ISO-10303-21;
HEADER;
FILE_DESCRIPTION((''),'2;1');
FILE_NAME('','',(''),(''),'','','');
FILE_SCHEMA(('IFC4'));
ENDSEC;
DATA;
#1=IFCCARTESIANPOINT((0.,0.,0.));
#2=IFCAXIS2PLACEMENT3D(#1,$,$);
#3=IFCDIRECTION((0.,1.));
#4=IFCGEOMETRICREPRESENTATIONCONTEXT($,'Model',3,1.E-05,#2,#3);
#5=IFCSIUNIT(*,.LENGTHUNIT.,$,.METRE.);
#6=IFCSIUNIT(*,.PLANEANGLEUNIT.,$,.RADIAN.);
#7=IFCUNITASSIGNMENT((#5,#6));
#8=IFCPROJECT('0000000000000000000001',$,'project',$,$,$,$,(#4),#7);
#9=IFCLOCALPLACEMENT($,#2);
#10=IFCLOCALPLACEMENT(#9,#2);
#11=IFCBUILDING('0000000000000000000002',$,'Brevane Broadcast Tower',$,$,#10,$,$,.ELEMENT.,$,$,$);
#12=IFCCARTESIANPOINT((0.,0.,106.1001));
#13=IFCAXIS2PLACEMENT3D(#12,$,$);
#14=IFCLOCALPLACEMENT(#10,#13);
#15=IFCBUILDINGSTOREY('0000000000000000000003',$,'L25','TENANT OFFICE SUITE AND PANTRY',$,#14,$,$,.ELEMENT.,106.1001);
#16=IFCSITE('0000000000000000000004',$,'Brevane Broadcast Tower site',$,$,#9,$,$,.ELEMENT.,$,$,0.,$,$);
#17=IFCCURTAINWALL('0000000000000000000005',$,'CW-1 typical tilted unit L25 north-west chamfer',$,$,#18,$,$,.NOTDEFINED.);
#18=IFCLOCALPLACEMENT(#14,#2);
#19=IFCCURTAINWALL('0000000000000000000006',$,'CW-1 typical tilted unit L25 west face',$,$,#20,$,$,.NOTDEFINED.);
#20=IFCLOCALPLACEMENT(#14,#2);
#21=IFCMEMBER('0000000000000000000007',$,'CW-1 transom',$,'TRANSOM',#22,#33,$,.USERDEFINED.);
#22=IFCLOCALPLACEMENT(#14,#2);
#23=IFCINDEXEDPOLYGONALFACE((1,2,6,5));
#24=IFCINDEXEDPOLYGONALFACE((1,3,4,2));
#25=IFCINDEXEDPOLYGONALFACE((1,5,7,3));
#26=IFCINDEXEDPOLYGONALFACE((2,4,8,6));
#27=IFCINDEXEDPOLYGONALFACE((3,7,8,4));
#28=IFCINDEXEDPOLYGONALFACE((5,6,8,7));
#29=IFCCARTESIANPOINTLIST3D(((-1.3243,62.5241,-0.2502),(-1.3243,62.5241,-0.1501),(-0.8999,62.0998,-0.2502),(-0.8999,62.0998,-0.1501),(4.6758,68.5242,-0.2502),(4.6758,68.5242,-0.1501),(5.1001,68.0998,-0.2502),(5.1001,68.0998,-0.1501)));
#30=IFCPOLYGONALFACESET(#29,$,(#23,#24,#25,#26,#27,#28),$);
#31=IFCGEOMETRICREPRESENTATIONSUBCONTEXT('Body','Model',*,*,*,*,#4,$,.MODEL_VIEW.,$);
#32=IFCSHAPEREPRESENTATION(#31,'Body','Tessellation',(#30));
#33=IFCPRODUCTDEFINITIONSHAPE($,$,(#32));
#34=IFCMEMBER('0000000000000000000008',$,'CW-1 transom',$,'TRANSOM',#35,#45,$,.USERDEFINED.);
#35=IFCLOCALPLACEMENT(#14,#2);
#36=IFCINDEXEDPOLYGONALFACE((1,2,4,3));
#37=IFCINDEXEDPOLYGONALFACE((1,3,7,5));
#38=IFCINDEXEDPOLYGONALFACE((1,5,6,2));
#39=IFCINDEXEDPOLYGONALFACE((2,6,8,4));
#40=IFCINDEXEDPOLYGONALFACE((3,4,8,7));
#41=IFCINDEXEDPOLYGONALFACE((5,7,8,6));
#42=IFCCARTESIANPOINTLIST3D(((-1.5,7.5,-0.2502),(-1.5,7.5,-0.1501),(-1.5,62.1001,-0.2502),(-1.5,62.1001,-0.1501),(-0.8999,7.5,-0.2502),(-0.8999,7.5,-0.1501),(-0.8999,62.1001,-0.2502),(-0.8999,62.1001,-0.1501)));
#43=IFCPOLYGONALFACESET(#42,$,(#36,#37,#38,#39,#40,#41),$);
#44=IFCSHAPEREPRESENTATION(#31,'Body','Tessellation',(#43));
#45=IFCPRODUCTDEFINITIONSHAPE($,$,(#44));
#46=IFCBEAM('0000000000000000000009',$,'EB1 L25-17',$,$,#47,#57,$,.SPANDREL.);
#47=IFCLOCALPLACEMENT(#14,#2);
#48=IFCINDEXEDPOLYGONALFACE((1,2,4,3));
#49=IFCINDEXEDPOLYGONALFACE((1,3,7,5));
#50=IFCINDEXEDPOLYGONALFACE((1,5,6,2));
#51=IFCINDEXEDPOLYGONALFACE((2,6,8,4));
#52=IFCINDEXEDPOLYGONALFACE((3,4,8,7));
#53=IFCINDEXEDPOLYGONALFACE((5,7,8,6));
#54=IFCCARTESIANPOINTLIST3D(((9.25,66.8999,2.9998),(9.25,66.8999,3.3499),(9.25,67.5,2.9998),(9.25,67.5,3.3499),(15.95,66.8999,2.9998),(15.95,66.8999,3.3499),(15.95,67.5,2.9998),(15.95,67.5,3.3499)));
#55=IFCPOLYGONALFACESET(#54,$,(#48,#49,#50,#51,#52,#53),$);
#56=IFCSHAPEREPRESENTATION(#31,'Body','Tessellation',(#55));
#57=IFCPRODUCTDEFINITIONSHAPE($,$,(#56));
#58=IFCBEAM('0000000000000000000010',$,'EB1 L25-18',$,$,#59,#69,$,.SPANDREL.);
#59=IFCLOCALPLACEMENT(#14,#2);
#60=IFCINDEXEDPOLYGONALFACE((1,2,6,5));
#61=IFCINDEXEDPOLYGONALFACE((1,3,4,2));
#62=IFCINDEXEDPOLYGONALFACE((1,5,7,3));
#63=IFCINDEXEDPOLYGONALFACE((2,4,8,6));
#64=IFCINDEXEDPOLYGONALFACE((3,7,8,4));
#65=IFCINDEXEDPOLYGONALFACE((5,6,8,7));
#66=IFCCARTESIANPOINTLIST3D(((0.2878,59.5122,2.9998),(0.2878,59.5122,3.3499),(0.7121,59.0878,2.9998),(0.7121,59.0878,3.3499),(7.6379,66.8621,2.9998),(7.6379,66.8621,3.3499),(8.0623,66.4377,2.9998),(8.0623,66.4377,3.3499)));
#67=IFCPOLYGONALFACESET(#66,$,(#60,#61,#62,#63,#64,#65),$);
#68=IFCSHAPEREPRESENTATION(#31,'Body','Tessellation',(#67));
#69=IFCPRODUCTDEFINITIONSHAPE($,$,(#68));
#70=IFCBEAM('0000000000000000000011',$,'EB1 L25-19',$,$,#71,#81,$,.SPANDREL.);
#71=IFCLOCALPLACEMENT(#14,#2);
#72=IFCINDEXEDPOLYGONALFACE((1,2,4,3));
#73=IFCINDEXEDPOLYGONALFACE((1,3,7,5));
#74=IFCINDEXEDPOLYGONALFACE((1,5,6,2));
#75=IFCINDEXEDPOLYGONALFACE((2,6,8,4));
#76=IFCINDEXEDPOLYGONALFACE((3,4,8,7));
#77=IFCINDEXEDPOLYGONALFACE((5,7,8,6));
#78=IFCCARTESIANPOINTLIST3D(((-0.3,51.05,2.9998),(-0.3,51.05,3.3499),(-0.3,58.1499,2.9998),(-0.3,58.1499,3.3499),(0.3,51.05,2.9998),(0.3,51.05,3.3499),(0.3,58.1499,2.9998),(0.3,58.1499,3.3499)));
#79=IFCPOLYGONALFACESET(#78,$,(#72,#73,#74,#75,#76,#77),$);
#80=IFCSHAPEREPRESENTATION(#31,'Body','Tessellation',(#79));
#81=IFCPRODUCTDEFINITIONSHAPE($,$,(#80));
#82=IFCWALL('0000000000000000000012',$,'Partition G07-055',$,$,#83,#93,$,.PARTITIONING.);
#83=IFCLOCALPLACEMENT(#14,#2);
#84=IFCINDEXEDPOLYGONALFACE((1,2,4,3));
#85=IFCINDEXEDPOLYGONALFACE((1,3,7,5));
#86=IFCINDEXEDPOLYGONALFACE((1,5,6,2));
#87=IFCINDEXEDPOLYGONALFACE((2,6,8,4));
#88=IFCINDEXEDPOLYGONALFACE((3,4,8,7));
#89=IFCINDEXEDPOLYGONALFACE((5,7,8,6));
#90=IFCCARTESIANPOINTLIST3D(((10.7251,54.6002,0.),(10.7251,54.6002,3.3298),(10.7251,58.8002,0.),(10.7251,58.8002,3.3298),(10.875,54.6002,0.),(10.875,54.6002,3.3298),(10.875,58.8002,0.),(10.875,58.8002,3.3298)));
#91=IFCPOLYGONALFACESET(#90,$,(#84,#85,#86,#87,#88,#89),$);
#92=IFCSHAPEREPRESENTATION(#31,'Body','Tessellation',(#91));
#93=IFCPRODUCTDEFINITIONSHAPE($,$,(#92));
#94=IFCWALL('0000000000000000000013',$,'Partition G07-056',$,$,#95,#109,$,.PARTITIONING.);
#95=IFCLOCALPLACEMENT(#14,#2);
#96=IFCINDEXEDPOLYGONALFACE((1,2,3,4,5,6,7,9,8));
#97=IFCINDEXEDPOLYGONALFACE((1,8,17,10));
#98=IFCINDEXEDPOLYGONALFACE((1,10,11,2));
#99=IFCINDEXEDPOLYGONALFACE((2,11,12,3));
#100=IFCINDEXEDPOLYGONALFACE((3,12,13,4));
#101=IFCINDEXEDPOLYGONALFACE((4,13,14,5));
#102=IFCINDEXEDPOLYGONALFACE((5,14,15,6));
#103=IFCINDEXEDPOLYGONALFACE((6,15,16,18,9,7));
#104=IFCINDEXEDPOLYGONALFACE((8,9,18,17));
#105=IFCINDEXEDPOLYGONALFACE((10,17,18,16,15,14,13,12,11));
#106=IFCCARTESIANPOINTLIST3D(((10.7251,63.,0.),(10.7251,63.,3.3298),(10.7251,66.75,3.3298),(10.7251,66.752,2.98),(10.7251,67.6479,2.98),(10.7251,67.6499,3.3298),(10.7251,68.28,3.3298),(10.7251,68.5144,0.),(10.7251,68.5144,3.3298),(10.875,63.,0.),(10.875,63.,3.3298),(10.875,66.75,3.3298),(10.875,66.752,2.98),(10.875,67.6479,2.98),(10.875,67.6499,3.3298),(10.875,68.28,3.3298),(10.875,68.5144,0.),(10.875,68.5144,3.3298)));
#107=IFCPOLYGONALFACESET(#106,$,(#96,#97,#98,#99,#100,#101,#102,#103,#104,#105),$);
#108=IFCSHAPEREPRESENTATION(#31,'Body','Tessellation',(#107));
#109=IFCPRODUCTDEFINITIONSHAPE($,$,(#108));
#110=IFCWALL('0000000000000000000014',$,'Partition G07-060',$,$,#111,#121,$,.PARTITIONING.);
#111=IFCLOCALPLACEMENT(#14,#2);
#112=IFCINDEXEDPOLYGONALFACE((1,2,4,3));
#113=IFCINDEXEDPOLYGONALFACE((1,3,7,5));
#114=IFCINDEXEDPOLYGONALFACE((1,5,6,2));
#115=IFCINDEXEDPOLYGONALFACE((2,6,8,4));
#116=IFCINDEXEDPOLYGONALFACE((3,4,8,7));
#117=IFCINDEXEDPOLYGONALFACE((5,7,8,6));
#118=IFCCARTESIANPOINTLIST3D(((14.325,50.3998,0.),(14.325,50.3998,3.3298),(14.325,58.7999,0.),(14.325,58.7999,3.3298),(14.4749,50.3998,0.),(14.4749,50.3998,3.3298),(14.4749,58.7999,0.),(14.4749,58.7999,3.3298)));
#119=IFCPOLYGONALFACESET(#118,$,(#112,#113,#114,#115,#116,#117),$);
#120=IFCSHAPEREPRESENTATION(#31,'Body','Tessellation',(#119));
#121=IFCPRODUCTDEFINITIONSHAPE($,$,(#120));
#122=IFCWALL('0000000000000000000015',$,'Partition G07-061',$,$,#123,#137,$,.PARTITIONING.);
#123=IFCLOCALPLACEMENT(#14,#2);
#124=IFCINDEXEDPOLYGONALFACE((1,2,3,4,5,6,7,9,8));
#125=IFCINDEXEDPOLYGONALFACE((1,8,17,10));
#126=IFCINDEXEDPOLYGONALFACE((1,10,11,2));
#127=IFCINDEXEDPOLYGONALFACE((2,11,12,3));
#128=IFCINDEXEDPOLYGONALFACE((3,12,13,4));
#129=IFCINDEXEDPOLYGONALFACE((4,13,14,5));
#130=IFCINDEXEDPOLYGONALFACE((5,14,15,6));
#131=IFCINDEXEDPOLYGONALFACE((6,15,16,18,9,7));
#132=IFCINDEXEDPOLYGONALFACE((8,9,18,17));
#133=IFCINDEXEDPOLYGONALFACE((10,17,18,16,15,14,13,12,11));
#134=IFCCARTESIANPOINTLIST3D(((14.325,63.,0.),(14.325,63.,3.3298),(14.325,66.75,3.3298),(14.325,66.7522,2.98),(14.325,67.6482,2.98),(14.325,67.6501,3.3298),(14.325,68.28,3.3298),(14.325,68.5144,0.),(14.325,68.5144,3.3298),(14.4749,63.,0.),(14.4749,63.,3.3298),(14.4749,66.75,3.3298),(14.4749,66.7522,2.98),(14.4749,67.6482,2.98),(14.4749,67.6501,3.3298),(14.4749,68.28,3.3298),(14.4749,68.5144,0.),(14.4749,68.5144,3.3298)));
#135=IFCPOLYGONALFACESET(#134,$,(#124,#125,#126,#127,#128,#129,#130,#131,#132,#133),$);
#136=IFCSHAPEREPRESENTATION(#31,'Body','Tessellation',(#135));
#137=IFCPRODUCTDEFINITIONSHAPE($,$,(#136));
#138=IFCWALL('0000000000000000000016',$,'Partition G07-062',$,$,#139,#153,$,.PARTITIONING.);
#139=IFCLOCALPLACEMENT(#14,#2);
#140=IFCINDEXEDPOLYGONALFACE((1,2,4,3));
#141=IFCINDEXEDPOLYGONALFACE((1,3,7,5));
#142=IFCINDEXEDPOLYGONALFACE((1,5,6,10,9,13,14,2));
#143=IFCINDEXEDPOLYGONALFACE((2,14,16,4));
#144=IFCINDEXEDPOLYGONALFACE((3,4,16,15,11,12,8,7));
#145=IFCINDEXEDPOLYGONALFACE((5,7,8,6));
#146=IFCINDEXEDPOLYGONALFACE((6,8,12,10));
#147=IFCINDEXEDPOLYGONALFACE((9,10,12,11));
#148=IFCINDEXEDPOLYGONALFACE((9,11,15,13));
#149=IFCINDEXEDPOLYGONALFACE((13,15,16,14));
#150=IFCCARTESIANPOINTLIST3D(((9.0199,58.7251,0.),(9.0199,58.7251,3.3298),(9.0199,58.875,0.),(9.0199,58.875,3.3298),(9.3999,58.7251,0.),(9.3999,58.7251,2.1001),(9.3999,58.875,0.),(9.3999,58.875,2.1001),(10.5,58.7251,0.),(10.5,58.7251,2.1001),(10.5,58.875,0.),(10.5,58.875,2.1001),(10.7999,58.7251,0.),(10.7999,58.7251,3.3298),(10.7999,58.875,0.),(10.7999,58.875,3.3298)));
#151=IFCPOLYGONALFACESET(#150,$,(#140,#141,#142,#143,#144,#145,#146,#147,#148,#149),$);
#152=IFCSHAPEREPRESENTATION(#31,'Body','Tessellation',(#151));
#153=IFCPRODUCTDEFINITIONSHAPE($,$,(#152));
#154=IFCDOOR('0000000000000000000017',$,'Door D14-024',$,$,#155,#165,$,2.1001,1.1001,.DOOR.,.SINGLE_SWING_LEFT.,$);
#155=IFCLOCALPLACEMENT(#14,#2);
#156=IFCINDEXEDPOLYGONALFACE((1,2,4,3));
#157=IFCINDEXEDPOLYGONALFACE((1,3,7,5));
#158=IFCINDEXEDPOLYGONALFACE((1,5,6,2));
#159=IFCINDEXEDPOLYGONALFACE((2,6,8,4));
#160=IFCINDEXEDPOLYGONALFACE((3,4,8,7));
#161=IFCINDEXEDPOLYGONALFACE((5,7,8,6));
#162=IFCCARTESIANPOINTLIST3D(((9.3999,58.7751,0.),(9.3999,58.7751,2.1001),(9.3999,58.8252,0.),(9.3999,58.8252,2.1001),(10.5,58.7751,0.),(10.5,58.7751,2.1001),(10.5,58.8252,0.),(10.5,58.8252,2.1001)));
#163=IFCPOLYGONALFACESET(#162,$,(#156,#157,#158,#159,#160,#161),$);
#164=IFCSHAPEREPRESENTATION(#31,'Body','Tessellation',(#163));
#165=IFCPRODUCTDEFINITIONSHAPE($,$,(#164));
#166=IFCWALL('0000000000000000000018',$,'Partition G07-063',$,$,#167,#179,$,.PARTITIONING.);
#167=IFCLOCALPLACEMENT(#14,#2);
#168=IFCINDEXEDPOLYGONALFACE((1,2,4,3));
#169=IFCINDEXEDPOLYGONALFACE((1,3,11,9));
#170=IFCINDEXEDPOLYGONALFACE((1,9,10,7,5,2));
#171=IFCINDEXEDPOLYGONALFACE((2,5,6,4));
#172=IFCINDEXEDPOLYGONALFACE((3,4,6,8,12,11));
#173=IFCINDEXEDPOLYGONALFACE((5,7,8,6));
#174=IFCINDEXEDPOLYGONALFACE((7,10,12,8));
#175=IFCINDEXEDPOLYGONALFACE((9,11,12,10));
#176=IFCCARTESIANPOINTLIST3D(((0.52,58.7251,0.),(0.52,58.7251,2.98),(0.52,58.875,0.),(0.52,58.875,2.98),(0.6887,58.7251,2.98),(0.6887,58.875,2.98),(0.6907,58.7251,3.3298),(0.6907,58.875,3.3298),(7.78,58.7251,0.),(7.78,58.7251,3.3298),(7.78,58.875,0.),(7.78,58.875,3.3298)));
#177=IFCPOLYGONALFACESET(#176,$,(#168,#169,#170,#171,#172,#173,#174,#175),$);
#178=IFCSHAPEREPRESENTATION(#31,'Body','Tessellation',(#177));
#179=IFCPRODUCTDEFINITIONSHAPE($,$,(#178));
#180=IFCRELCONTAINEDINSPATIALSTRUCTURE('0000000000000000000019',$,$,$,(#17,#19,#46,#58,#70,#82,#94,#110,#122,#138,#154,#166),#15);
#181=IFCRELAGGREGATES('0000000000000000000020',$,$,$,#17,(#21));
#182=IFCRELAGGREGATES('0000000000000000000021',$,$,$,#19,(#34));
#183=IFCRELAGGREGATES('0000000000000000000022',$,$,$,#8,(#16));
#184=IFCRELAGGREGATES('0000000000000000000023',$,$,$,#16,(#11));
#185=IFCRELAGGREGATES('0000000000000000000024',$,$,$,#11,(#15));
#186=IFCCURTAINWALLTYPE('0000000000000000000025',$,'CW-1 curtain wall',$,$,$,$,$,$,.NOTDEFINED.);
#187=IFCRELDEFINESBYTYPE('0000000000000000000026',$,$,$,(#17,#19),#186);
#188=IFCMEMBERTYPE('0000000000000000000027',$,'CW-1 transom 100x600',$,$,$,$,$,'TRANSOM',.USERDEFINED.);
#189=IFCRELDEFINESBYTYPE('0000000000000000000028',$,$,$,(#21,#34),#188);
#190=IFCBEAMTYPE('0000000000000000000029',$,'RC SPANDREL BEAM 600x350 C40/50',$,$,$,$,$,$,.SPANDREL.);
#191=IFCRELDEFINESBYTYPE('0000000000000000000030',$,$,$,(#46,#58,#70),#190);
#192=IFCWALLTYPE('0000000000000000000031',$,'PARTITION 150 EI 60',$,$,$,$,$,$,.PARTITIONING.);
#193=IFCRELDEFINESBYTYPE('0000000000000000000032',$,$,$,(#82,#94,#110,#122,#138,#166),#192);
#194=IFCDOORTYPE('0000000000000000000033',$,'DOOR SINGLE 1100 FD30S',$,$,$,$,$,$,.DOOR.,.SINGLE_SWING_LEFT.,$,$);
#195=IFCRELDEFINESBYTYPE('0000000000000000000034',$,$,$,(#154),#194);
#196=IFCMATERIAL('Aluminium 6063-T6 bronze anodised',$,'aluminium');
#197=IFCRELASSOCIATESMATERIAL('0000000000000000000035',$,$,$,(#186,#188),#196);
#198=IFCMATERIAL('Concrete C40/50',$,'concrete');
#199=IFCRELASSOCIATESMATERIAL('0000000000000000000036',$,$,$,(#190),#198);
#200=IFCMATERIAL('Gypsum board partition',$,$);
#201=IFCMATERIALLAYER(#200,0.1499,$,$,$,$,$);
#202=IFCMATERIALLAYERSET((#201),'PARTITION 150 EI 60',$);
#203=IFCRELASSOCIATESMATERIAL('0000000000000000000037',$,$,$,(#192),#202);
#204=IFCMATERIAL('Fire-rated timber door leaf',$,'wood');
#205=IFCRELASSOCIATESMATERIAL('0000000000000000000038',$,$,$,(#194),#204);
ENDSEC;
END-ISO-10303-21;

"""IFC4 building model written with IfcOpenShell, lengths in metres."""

from ifc_helpers import new_model, si_unit, direction, frame, frame_2d, origin, origin_2d, place, context, subcontext, project, spatial, polyline, rectangle, outline, extrude, material, layer, layer_set, material_profile, profile_set, type_object, element, fill, aggregate, save


model = new_model("IFC4")

# Units and contexts
model_context = context("Model", 3, precision=1e-05, world=origin(), true_north=direction((0.0, 1.0)))
body_context = subcontext(model_context, "Body", "Model", "MODEL_VIEW")
ifc_project = project(units=[si_unit("LENGTHUNIT", "METRE"), si_unit("PLANEANGLEUNIT", "RADIAN")], contexts=[model_context])

# Site, building, storey
site_placement = place(None, origin())
site = spatial("IfcSite", under=ifc_project, at=site_placement, Name="Brevane Broadcast Tower site", CompositionType="ELEMENT", RefElevation=0.0)
building_placement = place(site_placement, origin())
building = spatial("IfcBuilding", under=site, at=building_placement, Name="Brevane Broadcast Tower", CompositionType="ELEMENT")
storey_placement = place(building_placement, frame((0.0, 0.0, 106.1001)))
storey = spatial("IfcBuildingStorey", under=building, at=storey_placement, Name="L25", Description="TENANT OFFICE SUITE AND PANTRY", CompositionType="ELEMENT", Elevation=106.1001)

# Curtain walls
ifc_material_1 = material(Name="Aluminium 6063-T6 bronze anodised", Category="aluminium")
curtain_wall_type = type_object("IfcCurtainWallType", Name="CW-1 curtain wall", PredefinedType="NOTDEFINED", material=ifc_material_1)
curtain_wall_1_placement = place(storey_placement, origin())
curtain_wall_1 = element("IfcCurtainWall", 1, at=curtain_wall_1_placement, inside=storey, type_object=curtain_wall_type, Name="CW-1 typical tilted unit L25 north-west chamfer", PredefinedType="NOTDEFINED")
curtain_wall_2_placement = place(storey_placement, origin())
curtain_wall_2 = element("IfcCurtainWall", 2, at=curtain_wall_2_placement, inside=storey, type_object=curtain_wall_type, Name="CW-1 typical tilted unit L25 west face", PredefinedType="NOTDEFINED")

# Members
ifc_material_profile_1 = material_profile(ifc_material_1, rectangle(XDim=0.6001, YDim=0.1001, at=origin_2d()), Name="RECT 100x600")
ifc_profile_set_1 = profile_set([ifc_material_profile_1], Name="Aluminium 6063-T6 bronze anodised")
member_type_1 = type_object("IfcMemberType", Name="CW-1 transom 100x600", ElementType="TRANSOM", PredefinedType="USERDEFINED", material=ifc_profile_set_1)
member_1_placement = place(storey_placement, frame((4.8879, 68.312, -0.2002), z_axis=(-0.707107, -0.707107, 0.0), x_axis=(0.707107, -0.707107, 0.0)))
member_1 = element("IfcMember", 3, at=member_1_placement, type_object=member_type_1, Name="CW-1 transom", ObjectType="TRANSOM", PredefinedType="USERDEFINED", context=body_context, shape_type="SweptSolid", body=[
    extrude(rectangle(XDim=0.6001, YDim=0.1001, at=origin_2d()), origin(), (0.0, 0.0, 1.0), 8.4854),
])
aggregate(curtain_wall_1, [member_1])
member_2_placement = place(storey_placement, frame((-1.2, 62.1001, -0.2002), z_axis=(0.0, -1.0, 0.0), x_axis=(1.0, 0.0, 0.0)))
member_2 = element("IfcMember", 4, at=member_2_placement, type_object=member_type_1, Name="CW-1 transom", ObjectType="TRANSOM", PredefinedType="USERDEFINED", context=body_context, shape_type="SweptSolid", body=[
    extrude(rectangle(XDim=0.6001, YDim=0.1001, at=origin_2d()), origin(), (0.0, 0.0, 1.0), 54.6001),
])
aggregate(curtain_wall_2, [member_2])

# Beams
ifc_material_2 = material(Name="Concrete C40/50", Category="concrete")
ifc_material_profile_2 = material_profile(ifc_material_2, rectangle(XDim=0.6001, YDim=0.3501, at=origin_2d()), Name="RC 600x350")
ifc_profile_set_2 = profile_set([ifc_material_profile_2], Name="Concrete C40/50")
beam_type = type_object("IfcBeamType", Name="RC SPANDREL BEAM 600x350 C40/50", PredefinedType="SPANDREL", material=ifc_profile_set_2)
beam_1_placement = place(storey_placement, frame((15.95, 67.2, 3.1748), z_axis=(-1.0, 0.0, 0.0), x_axis=(0.0, -1.0, 0.0)))
element("IfcBeam", 5, at=beam_1_placement, inside=storey, type_object=beam_type, Name="EB1 L25-17", PredefinedType="SPANDREL", context=body_context, shape_type="SweptSolid", body=[
    extrude(rectangle(XDim=0.6001, YDim=0.3501, at=origin_2d()), origin(), (0.0, 0.0, 1.0), 6.7),
])
beam_2_placement = place(storey_placement, frame((7.8501, 66.6499, 3.1748), z_axis=(-0.707119, -0.707095, 0.0), x_axis=(0.707095, -0.707119, 0.0)))
element("IfcBeam", 6, at=beam_2_placement, inside=storey, type_object=beam_type, Name="EB1 L25-18", PredefinedType="SPANDREL", context=body_context, shape_type="SweptSolid", body=[
    extrude(rectangle(XDim=0.6001, YDim=0.3501, at=origin_2d()), origin(), (0.0, 0.0, 1.0), 10.3945),
])
beam_3_placement = place(storey_placement, frame((0.0, 58.1499, 3.1748), z_axis=(0.0, -1.0, 0.0), x_axis=(1.0, 0.0, 0.0)))
element("IfcBeam", 7, at=beam_3_placement, inside=storey, type_object=beam_type, Name="EB1 L25-19", PredefinedType="SPANDREL", context=body_context, shape_type="SweptSolid", body=[
    extrude(rectangle(XDim=0.6001, YDim=0.3501, at=origin_2d()), origin(), (0.0, 0.0, 1.0), 7.0999),
])

# Walls
ifc_material_3 = material(Name="Gypsum board partition")
ifc_layer = layer(ifc_material_3, 0.1499)
ifc_layer_set = layer_set([ifc_layer], Name="PARTITION 150 EI 60")
wall_type = type_object("IfcWallType", Name="PARTITION 150 EI 60", PredefinedType="PARTITIONING", material=ifc_layer_set)
wall_1_placement = place(storey_placement, frame((10.8, 54.6001, 0.0), z_axis=(0.0, 0.0, 1.0), x_axis=(0.0, 1.0, 0.0)))
element("IfcWall", 8, at=wall_1_placement, inside=storey, type_object=wall_type, Name="Partition G07-055", PredefinedType="PARTITIONING", context=body_context, shape_type="SweptSolid", body=[
    extrude(rectangle(XDim=4.2, YDim=0.1499, at=frame_2d((2.1001, 0.0))), origin(), (0.0, 0.0, 1.0), 3.3298),
])
wall_2_placement = place(storey_placement, frame((10.8, 63.0, 0.0), z_axis=(0.0, 0.0, 1.0), x_axis=(0.0, 1.0, 0.0)))
element("IfcWall", 9, at=wall_2_placement, inside=storey, type_object=wall_type, Name="Partition G07-056", PredefinedType="PARTITIONING", context=body_context, shape_type="SweptSolid", body=[
    extrude(outline(polyline([(0.0, 0.0), (5.5144, 0.0), (5.5144, 3.3298), (5.28, 3.3298), (4.6499, 3.3298), (4.6479, 2.98), (3.752, 2.98), (3.75, 3.3298), (0.0, 3.3298), (0.0, 0.0)])), frame((0.0, 0.075, 0.0), z_axis=(0.0, -1.0, 0.0), x_axis=(1.0, 0.0, 0.0)), (0.0, 0.0, 1.0), 0.1499),
])
wall_3_placement = place(storey_placement, frame((14.3999, 58.8, 0.0), z_axis=(0.0, 0.0, 1.0), x_axis=(0.0, -1.0, 0.0)))
element("IfcWall", 10, at=wall_3_placement, inside=storey, type_object=wall_type, Name="Partition G07-060", PredefinedType="PARTITIONING", context=body_context, shape_type="SweptSolid", body=[
    extrude(rectangle(XDim=8.4001, YDim=0.1499, at=frame_2d((4.2002, 0.0))), origin(), (0.0, 0.0, 1.0), 3.3298),
])
wall_4_placement = place(storey_placement, frame((14.3999, 68.5144, 0.0), z_axis=(0.0, 0.0, 1.0), x_axis=(0.0, -1.0, 0.0)))
element("IfcWall", 11, at=wall_4_placement, inside=storey, type_object=wall_type, Name="Partition G07-061", PredefinedType="PARTITIONING", context=body_context, shape_type="SweptSolid", body=[
    extrude(outline(polyline([(0.0, 0.0), (5.5144, 0.0), (5.5144, 3.3298), (1.7644, 3.3298), (1.7622, 2.98), (0.8662, 2.98), (0.8643, 3.3298), (0.2344, 3.3298), (0.0, 3.3298), (0.0, 0.0)])), frame((0.0, 0.075, 0.0), z_axis=(0.0, -1.0, 0.0), x_axis=(1.0, 0.0, 0.0)), (0.0, 0.0, 1.0), 0.1499),
])

# Wall, opening, door
wall_5_placement = place(storey_placement, frame((10.8, 58.8, 0.0), z_axis=(0.0, 0.0, 1.0), x_axis=(-1.0, 0.0, 0.0)))
wall_5 = element("IfcWall", 12, at=wall_5_placement, inside=storey, type_object=wall_type, Name="Partition G07-062", PredefinedType="PARTITIONING", context=body_context, shape_type="SweptSolid", body=[
    extrude(rectangle(XDim=1.78, YDim=0.1499, at=frame_2d((0.8901, 0.0))), origin(), (0.0, 0.0, 1.0), 3.3298),
])
opening_1_placement = place(wall_5_placement, frame((0.3, 0.0, 0.0)))
opening_1 = element("IfcOpeningElement", 13, at=opening_1_placement, cuts=wall_5, PredefinedType="OPENING", context=body_context, shape_type="SweptSolid", body=[
    extrude(rectangle(XDim=1.1001, YDim=2.1001, at=frame_2d((0.55, 1.05))), frame((0.0, 0.085, 0.0), z_axis=(0.0, -1.0, 0.0), x_axis=(1.0, 0.0, 0.0)), (0.0, 0.0, 1.0), 0.1699),
])
ifc_material_4 = material(Name="Fire-rated timber door leaf", Category="wood")
door_type = type_object("IfcDoorType", Name="DOOR SINGLE 1100 FD30S", OperationType="SINGLE_SWING_LEFT", PredefinedType="DOOR", material=ifc_material_4)
door_1_placement = place(opening_1_placement, origin())
door_1 = element("IfcDoor", 14, at=door_1_placement, inside=storey, type_object=door_type, Name="Door D14-024", OperationType="SINGLE_SWING_LEFT", OverallHeight=2.1001, OverallWidth=1.1001, PredefinedType="DOOR", context=body_context, shape_type="SweptSolid", body=[
    extrude(rectangle(XDim=1.1001, YDim=2.1001, at=frame_2d((0.55, 1.05))), frame((0.0, 0.0249, 0.0), z_axis=(0.0, -1.0, 0.0), x_axis=(1.0, 0.0, 0.0)), (0.0, 0.0, 1.0), 0.05),
])
fill(opening_1, door_1)

# Wall
wall_6_placement = place(storey_placement, frame((7.78, 58.8, 0.0), z_axis=(0.0, 0.0, 1.0), x_axis=(-1.0, 0.0, 0.0)))
element("IfcWall", 15, at=wall_6_placement, inside=storey, type_object=wall_type, Name="Partition G07-063", PredefinedType="PARTITIONING", context=body_context, shape_type="SweptSolid", body=[
    extrude(outline(polyline([(0.0, 0.0), (7.26, 0.0), (7.26, 2.98), (7.0913, 2.98), (7.0894, 3.3298), (0.0, 3.3298), (0.0, 0.0)])), frame((0.0, 0.075, 0.0), z_axis=(0.0, -1.0, 0.0), x_axis=(1.0, 0.0, 0.0)), (0.0, 0.0, 1.0), 0.1499),
])

save(model, "model.ifc")
